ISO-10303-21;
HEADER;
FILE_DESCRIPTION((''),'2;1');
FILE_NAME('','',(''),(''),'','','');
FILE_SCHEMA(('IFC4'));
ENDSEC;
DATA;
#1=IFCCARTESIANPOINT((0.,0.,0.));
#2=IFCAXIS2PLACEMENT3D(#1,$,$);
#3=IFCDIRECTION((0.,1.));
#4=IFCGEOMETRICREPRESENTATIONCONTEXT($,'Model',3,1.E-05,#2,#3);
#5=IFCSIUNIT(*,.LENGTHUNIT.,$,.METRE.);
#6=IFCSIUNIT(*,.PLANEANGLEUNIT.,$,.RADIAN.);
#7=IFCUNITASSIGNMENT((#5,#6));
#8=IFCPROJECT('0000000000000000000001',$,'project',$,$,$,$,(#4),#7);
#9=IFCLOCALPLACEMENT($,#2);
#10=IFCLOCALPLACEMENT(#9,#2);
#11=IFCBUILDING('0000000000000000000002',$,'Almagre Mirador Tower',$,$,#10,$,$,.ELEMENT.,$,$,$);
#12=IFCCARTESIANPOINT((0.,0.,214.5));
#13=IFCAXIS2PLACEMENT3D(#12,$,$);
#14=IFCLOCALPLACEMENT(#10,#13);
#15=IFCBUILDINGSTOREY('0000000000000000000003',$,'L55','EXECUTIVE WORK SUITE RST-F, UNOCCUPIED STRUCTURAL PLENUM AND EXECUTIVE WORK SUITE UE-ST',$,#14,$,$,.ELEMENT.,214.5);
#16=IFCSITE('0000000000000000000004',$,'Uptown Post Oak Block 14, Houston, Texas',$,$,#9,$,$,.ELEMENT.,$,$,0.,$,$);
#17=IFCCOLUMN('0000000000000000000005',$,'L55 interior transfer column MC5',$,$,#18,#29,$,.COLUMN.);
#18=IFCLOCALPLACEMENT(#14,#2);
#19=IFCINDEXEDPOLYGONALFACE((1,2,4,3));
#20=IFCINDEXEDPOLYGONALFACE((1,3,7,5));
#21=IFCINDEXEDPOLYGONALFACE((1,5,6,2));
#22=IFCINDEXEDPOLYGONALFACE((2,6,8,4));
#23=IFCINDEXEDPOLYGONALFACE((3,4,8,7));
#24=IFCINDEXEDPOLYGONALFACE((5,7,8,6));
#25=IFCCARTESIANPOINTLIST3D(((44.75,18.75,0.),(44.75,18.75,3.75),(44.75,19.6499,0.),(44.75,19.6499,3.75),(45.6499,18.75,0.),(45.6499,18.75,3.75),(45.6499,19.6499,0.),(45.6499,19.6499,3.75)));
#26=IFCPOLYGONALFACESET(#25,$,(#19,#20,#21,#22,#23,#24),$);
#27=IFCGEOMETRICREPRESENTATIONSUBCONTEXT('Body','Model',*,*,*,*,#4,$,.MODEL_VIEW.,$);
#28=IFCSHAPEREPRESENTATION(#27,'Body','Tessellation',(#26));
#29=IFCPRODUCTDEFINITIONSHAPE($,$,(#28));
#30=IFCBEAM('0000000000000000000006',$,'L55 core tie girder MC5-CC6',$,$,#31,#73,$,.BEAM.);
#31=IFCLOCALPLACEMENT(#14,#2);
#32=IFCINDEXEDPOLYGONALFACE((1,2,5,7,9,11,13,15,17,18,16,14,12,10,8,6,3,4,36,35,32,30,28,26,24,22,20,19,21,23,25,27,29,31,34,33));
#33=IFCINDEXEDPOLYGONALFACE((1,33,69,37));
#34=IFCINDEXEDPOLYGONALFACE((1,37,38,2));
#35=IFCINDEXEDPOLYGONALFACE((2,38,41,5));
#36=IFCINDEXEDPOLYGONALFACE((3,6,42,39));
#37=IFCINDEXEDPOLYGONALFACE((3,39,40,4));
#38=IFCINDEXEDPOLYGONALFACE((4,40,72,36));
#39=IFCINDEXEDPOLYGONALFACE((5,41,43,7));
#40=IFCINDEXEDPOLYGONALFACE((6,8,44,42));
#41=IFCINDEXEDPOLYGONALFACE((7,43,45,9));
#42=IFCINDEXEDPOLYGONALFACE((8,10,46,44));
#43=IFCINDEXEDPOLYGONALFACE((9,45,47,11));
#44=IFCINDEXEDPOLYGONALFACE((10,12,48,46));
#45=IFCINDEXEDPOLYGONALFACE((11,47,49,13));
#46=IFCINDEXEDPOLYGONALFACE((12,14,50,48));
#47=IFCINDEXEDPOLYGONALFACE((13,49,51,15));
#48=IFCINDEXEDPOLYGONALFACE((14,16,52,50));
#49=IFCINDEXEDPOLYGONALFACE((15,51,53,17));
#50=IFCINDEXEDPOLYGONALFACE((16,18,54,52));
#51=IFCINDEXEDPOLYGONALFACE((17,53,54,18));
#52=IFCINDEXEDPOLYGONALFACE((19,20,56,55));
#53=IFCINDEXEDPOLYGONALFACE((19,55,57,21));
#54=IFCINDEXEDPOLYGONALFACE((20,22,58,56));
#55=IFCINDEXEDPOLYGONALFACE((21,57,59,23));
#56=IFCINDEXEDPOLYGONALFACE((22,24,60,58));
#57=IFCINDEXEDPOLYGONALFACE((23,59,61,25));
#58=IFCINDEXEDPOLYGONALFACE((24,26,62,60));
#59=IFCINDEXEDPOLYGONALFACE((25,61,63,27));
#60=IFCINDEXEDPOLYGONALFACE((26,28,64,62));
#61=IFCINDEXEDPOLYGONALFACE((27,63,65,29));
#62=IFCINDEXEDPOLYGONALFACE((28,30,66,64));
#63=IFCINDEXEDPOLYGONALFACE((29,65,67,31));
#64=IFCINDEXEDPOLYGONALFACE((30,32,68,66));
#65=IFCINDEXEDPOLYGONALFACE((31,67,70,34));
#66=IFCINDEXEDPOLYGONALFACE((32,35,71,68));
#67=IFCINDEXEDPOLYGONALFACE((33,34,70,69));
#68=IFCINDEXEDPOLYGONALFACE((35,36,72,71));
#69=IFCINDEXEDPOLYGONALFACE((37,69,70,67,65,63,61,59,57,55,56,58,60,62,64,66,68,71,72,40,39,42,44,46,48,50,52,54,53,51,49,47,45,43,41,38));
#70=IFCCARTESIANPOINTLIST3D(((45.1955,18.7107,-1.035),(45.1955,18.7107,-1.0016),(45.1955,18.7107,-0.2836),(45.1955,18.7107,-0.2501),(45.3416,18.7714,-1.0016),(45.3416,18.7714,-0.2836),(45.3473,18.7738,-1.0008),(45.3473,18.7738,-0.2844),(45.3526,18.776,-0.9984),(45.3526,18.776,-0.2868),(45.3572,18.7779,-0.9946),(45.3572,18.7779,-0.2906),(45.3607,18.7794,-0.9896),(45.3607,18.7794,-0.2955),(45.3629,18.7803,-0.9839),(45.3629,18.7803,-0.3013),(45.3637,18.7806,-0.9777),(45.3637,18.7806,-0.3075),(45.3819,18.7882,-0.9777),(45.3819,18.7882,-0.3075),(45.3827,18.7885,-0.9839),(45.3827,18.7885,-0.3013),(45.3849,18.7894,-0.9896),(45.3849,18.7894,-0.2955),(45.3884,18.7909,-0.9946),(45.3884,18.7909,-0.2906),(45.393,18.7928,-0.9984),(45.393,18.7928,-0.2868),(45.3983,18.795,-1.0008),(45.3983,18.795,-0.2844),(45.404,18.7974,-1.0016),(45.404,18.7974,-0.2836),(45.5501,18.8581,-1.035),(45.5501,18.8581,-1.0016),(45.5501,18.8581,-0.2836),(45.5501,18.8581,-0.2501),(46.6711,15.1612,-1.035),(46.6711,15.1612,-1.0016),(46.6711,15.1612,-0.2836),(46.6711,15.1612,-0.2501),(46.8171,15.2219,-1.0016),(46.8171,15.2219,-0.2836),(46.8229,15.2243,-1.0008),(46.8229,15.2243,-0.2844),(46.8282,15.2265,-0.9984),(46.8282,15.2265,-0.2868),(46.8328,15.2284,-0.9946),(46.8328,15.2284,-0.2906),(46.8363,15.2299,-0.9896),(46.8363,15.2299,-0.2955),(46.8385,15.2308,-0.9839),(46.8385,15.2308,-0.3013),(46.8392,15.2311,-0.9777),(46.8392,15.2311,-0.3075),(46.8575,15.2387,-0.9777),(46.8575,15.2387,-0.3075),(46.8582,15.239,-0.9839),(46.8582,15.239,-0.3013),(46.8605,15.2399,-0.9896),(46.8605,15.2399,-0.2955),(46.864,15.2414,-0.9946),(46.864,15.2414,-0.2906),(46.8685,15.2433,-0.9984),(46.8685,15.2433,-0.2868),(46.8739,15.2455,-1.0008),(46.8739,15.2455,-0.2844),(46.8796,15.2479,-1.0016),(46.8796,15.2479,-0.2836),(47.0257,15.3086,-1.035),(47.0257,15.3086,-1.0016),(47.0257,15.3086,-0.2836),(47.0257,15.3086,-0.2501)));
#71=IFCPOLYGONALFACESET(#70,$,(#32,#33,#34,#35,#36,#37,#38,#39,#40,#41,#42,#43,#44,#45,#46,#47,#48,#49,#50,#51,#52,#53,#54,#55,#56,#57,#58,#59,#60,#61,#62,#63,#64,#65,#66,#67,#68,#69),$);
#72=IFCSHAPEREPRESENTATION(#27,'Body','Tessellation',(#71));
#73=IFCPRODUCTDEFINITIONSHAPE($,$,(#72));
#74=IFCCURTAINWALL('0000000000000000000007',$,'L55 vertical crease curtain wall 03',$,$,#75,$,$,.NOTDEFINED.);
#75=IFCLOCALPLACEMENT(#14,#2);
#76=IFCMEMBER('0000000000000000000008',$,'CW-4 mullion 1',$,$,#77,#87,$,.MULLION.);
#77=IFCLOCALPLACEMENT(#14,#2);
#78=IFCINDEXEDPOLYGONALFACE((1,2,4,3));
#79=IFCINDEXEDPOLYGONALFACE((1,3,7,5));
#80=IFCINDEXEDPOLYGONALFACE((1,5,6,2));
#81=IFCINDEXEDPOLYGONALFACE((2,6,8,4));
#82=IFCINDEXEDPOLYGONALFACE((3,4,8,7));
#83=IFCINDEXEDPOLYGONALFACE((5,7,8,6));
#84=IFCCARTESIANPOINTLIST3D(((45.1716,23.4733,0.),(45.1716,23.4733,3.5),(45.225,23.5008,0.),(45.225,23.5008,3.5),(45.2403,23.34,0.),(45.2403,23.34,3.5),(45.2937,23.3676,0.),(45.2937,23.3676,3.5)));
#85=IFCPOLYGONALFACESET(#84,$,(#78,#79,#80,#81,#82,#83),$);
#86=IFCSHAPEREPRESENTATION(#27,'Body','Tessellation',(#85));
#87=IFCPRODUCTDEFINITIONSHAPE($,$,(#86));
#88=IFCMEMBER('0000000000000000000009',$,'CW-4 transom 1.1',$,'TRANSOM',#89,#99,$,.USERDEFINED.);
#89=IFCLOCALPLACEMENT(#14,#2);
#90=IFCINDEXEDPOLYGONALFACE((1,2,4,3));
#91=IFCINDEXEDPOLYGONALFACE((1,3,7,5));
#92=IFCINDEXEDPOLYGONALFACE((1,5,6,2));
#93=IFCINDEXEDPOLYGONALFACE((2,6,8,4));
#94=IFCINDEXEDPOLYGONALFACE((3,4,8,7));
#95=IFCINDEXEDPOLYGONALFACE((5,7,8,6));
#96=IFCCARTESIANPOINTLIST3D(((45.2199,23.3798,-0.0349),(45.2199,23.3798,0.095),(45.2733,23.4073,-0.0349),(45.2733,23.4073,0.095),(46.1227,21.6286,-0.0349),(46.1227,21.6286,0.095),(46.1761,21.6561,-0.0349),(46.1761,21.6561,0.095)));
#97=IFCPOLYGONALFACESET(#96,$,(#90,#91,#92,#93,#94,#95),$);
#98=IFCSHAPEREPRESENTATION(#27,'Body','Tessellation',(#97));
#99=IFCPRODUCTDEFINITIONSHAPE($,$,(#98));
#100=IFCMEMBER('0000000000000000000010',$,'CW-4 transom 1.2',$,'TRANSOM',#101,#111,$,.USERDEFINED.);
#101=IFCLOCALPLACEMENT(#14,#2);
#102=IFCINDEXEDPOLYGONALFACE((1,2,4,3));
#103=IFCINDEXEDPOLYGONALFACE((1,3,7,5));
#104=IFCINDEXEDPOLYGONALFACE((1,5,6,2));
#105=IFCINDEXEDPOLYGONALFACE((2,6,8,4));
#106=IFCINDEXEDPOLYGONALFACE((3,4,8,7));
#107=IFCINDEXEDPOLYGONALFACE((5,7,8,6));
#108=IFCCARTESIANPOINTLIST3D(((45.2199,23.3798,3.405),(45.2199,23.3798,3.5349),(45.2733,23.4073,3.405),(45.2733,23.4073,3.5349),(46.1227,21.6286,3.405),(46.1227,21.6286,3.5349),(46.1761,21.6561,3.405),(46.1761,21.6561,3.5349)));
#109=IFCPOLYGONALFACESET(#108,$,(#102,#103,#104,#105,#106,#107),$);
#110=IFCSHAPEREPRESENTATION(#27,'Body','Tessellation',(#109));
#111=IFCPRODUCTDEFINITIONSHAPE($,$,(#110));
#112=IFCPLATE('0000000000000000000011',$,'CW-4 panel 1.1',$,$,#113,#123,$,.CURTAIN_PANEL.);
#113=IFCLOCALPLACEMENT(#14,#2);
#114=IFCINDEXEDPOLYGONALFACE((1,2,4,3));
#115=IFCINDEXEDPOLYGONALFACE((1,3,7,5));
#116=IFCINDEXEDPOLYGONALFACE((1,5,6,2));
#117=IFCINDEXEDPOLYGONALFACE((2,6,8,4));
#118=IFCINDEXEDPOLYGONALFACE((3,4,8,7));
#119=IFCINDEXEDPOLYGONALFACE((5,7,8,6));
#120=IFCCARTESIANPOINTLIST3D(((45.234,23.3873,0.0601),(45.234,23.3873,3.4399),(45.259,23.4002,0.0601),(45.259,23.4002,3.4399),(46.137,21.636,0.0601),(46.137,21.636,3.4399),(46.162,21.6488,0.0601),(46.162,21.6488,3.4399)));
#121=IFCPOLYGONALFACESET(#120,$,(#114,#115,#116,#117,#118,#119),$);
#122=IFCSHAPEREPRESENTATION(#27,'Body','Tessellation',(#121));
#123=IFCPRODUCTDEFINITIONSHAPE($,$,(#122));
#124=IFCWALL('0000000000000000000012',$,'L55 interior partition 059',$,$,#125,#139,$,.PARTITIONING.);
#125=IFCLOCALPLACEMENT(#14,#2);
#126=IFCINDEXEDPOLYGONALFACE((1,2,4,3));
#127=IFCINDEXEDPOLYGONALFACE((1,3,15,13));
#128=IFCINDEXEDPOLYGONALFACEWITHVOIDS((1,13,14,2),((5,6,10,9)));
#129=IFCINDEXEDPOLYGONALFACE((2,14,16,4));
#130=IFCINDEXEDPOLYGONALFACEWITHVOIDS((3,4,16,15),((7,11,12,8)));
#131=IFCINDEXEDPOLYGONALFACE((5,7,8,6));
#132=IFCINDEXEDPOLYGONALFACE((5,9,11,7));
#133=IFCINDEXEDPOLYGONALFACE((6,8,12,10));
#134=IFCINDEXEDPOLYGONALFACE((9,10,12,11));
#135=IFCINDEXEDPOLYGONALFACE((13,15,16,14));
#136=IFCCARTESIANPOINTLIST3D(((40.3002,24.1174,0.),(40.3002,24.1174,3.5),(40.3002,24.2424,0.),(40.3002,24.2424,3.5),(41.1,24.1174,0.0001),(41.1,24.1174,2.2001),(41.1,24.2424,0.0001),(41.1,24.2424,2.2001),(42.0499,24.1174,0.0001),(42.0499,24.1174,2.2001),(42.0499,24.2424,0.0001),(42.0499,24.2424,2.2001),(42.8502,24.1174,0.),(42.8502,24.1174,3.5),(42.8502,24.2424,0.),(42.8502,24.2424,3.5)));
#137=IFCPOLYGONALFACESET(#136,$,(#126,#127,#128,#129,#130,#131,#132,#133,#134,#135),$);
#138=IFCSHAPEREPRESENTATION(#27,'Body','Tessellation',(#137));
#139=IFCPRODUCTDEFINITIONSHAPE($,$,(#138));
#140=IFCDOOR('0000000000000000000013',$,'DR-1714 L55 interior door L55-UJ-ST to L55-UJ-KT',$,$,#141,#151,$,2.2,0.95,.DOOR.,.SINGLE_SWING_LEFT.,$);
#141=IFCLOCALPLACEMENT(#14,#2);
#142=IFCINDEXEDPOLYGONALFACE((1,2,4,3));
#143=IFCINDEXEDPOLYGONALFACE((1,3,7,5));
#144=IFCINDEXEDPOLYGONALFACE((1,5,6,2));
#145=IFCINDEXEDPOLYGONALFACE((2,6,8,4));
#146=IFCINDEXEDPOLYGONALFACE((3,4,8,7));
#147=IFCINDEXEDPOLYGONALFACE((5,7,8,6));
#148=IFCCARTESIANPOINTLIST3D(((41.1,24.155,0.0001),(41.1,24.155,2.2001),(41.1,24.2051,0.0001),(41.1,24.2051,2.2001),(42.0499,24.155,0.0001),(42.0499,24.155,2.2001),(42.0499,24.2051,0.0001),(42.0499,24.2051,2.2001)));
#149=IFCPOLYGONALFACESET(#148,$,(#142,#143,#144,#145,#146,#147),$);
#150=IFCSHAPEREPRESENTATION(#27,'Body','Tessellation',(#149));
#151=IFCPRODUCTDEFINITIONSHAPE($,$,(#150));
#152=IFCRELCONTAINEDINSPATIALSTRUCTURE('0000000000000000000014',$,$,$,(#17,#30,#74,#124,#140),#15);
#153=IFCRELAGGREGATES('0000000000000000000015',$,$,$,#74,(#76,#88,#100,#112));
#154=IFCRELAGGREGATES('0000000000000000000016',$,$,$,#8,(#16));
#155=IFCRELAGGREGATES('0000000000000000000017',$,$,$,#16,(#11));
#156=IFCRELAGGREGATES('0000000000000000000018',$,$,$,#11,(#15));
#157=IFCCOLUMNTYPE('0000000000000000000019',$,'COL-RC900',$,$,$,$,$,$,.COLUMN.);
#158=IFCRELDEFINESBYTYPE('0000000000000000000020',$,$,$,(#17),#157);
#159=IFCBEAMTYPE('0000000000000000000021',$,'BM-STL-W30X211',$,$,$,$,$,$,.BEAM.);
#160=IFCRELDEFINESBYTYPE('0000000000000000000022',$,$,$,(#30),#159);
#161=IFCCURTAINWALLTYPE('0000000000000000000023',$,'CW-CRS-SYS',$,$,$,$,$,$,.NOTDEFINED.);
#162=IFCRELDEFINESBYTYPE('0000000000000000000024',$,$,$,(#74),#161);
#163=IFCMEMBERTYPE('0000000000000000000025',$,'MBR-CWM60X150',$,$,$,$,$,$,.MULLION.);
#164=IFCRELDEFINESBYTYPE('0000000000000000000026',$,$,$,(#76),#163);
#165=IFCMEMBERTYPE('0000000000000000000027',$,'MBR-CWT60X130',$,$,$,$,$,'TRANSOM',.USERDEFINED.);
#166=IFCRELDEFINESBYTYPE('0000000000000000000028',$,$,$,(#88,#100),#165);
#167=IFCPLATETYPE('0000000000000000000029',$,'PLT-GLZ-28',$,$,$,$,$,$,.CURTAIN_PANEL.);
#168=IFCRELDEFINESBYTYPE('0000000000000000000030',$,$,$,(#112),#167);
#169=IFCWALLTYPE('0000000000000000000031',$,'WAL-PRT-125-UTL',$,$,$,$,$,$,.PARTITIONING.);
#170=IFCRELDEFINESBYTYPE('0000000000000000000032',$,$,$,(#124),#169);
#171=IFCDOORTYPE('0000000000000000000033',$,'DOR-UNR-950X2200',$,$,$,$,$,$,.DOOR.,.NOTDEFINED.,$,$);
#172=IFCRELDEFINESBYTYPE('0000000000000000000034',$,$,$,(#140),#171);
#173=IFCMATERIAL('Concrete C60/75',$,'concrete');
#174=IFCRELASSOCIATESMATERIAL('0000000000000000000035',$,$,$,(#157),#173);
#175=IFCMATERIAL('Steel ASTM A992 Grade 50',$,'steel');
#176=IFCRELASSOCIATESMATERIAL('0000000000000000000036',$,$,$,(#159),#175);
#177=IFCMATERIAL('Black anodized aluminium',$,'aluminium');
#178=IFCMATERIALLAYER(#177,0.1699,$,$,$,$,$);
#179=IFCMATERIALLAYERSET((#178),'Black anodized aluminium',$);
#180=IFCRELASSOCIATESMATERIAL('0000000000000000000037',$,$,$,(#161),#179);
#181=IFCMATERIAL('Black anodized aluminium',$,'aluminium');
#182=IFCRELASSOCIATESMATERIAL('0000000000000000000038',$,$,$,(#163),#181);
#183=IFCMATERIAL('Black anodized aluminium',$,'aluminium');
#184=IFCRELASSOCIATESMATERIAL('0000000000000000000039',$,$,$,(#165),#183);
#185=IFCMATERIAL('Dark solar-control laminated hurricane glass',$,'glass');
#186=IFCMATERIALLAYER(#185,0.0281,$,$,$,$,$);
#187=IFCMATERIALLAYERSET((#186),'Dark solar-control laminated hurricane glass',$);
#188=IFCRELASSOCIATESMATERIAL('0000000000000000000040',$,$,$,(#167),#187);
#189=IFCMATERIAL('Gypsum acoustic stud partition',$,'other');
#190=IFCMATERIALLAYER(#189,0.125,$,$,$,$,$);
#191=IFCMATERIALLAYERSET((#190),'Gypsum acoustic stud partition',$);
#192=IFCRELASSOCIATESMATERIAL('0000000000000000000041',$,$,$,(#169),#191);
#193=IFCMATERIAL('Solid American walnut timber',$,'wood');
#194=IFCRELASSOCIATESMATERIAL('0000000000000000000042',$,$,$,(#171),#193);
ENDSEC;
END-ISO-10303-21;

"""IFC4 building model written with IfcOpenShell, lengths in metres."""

from ifc_helpers import new_model, si_unit, direction, frame, frame_2d, origin, origin_2d, place, context, subcontext, project, spatial, rectangle, i_section, extrude, material, layer, layer_set, material_profile, profile_set, type_object, element, fill, aggregate, save


model = new_model("IFC4")

# Units and contexts
model_context = context("Model", 3, precision=1e-05, world=origin(), true_north=direction((0.0, 1.0)))
body_context = subcontext(model_context, "Body", "Model", "MODEL_VIEW")
ifc_project = project(units=[si_unit("LENGTHUNIT", "METRE"), si_unit("PLANEANGLEUNIT", "RADIAN")], contexts=[model_context])

# Site, building, storey
site_placement = place(None, origin())
site = spatial("IfcSite", under=ifc_project, at=site_placement, Name="Uptown Post Oak Block 14, Houston, Texas", CompositionType="ELEMENT", RefElevation=0.0)
building_placement = place(site_placement, origin())
building = spatial("IfcBuilding", under=site, at=building_placement, Name="Almagre Mirador Tower", CompositionType="ELEMENT")
storey_placement = place(building_placement, frame((0.0, 0.0, 214.5)))
storey = spatial("IfcBuildingStorey", under=building, at=storey_placement, Name="L55", Description="EXECUTIVE WORK SUITE RST-F, UNOCCUPIED STRUCTURAL PLENUM AND EXECUTIVE WORK SUITE UE-ST", CompositionType="ELEMENT", Elevation=214.5)

# Column
ifc_material_1 = material(Name="Concrete C60/75", Category="concrete")
ifc_material_profile_1 = material_profile(ifc_material_1, rectangle(XDim=0.8999, YDim=0.8999, at=origin_2d()), Name="RC900X900")
ifc_profile_set_1 = profile_set([ifc_material_profile_1], Name="Concrete C60/75")
column_type = type_object("IfcColumnType", Name="COL-RC900", PredefinedType="COLUMN", material=ifc_profile_set_1)
column_placement = place(storey_placement, frame((45.2, 19.2, 0.0), z_axis=(0.0, 0.0, 1.0), x_axis=(1.0, 0.0, 0.0)))
element("IfcColumn", 1, at=column_placement, inside=storey, type_object=column_type, Name="L55 interior transfer column MC5", PredefinedType="COLUMN", context=body_context, shape_type="SweptSolid", body=[
    extrude(rectangle(XDim=0.8999, YDim=0.8999, at=origin_2d()), origin(), (0.0, 0.0, 1.0), 3.75),
])

# Beam
ifc_material_2 = material(Name="Steel ASTM A992 Grade 50", Category="steel")
ifc_material_profile_2 = material_profile(ifc_material_2, i_section(OverallWidth=0.384, OverallDepth=0.7849, WebThickness=0.0198, FlangeThickness=0.0334, FilletRadius=0.0239, at=origin_2d()), Name="W30X211")
ifc_profile_set_2 = profile_set([ifc_material_profile_2], Name="Steel ASTM A992 Grade 50")
beam_type = type_object("IfcBeamType", Name="BM-STL-W30X211", PredefinedType="BEAM", material=ifc_profile_set_2)
beam_placement = place(storey_placement, frame((45.3728, 18.7844, -0.6426), z_axis=(0.383862, -0.92339, 0.0), x_axis=(0.92339, 0.383862, 0.0)))
element("IfcBeam", 2, at=beam_placement, inside=storey, type_object=beam_type, Name="L55 core tie girder MC5-CC6", PredefinedType="BEAM", context=body_context, shape_type="SweptSolid", body=[
    extrude(i_section(OverallWidth=0.384, OverallDepth=0.7849, WebThickness=0.0198, FlangeThickness=0.0334, FilletRadius=0.0239, at=origin_2d()), origin(), (0.0, 0.0, 1.0), 3.844),
])

# Curtain wall, members, plate
ifc_material_3 = material(Name="Black anodized aluminium", Category="aluminium")
ifc_layer_1 = layer(ifc_material_3, 0.1699)
ifc_layer_set_1 = layer_set([ifc_layer_1], Name="Black anodized aluminium")
curtain_wall_type = type_object("IfcCurtainWallType", Name="CW-CRS-SYS", PredefinedType="NOTDEFINED", material=ifc_layer_set_1)
curtain_wall_placement = place(storey_placement, origin())
curtain_wall = element("IfcCurtainWall", 3, at=curtain_wall_placement, inside=storey, type_object=curtain_wall_type, Name="L55 vertical crease curtain wall 03", PredefinedType="NOTDEFINED")
ifc_material_4 = material(Name="Black anodized aluminium", Category="aluminium")
ifc_material_profile_3 = material_profile(ifc_material_4, rectangle(XDim=0.0601, YDim=0.1499, at=origin_2d()), Name="CWM60X150")
ifc_profile_set_3 = profile_set([ifc_material_profile_3], Name="Black anodized aluminium")
member_type_1 = type_object("IfcMemberType", Name="MBR-CWM60X150", PredefinedType="MULLION", material=ifc_profile_set_3)
member_1_placement = place(storey_placement, frame((45.2327, 23.4204, 0.0), z_axis=(0.0, 0.0, 1.0), x_axis=(0.888809, 0.458277, 0.0)))
member_1 = element("IfcMember", 4, at=member_1_placement, type_object=member_type_1, Name="CW-4 mullion 1", PredefinedType="MULLION", context=body_context, shape_type="SweptSolid", body=[
    extrude(rectangle(XDim=0.0601, YDim=0.1499, at=origin_2d()), origin(), (0.0, 0.0, 1.0), 3.5),
])
ifc_material_5 = material(Name="Black anodized aluminium", Category="aluminium")
ifc_material_profile_4 = material_profile(ifc_material_5, rectangle(XDim=0.0601, YDim=0.1299, at=origin_2d()), Name="CWT60X130")
ifc_profile_set_4 = profile_set([ifc_material_profile_4], Name="Black anodized aluminium")
member_type_2 = type_object("IfcMemberType", Name="MBR-CWT60X130", ElementType="TRANSOM", PredefinedType="USERDEFINED", material=ifc_profile_set_4)
member_2_placement = place(storey_placement, frame((45.2466, 23.3936, 0.03), z_axis=(0.458233, -0.888832, 0.0), x_axis=(0.888832, 0.458233, 0.0)))
member_2 = element("IfcMember", 5, at=member_2_placement, type_object=member_type_2, Name="CW-4 transom 1.1", ObjectType="TRANSOM", PredefinedType="USERDEFINED", context=body_context, shape_type="SweptSolid", body=[
    extrude(rectangle(XDim=0.0601, YDim=0.1299, at=origin_2d()), origin(), (0.0, 0.0, 1.0), 1.9702),
])
member_3_placement = place(storey_placement, frame((45.2466, 23.3936, 3.47), z_axis=(0.458233, -0.888832, 0.0), x_axis=(0.888832, 0.458233, 0.0)))
member_3 = element("IfcMember", 6, at=member_3_placement, type_object=member_type_2, Name="CW-4 transom 1.2", ObjectType="TRANSOM", PredefinedType="USERDEFINED", context=body_context, shape_type="SweptSolid", body=[
    extrude(rectangle(XDim=0.0601, YDim=0.1299, at=origin_2d()), origin(), (0.0, 0.0, 1.0), 1.9702),
])
ifc_material_6 = material(Name="Dark solar-control laminated hurricane glass", Category="glass")
ifc_layer_2 = layer(ifc_material_6, 0.0281)
ifc_layer_set_2 = layer_set([ifc_layer_2], Name="Dark solar-control laminated hurricane glass")
plate_type = type_object("IfcPlateType", Name="PLT-GLZ-28", PredefinedType="CURTAIN_PANEL", material=ifc_layer_set_2)
plate_placement = place(storey_placement, frame((45.698, 22.5181, 0.0601), z_axis=(0.0, 0.0, 1.0), x_axis=(0.458277, -0.888809, 0.0)))
plate = element("IfcPlate", 7, at=plate_placement, type_object=plate_type, Name="CW-4 panel 1.1", PredefinedType="CURTAIN_PANEL", context=body_context, shape_type="SweptSolid", body=[
    extrude(rectangle(XDim=1.9705, YDim=0.0281, at=origin_2d()), origin(), (0.0, 0.0, 1.0), 3.3799),
])
aggregate(curtain_wall, [member_1, member_2, member_3, plate])

# Wall, opening, door
ifc_material_7 = material(Name="Gypsum acoustic stud partition", Category="other")
ifc_layer_3 = layer(ifc_material_7, 0.125)
ifc_layer_set_3 = layer_set([ifc_layer_3], Name="Gypsum acoustic stud partition")
wall_type_1 = type_object("IfcWallType", Name="WAL-PRT-125-UTL", PredefinedType="PARTITIONING", material=ifc_layer_set_3)
wall_1_placement = place(storey_placement, frame((42.8501, 24.1799, 0.0), z_axis=(0.0, 0.0, 1.0), x_axis=(-1.0, 0.0, 0.0)))
wall_1 = element("IfcWall", 8, at=wall_1_placement, inside=storey, type_object=wall_type_1, Name="L55 interior partition 059", PredefinedType="PARTITIONING", context=body_context, shape_type="SweptSolid", body=[
    extrude(rectangle(XDim=2.55, YDim=0.125, at=frame_2d((1.2749, 0.0))), origin(), (0.0, 0.0, 1.0), 3.5),
])
opening_1_placement = place(wall_1_placement, frame((0.8, 0.0, 0.0)))
opening_1 = element("IfcOpeningElement", 9, at=opening_1_placement, cuts=wall_1, PredefinedType="OPENING", context=body_context, shape_type="SweptSolid", body=[
    extrude(rectangle(XDim=0.95, YDim=2.2, at=frame_2d((0.4751, 1.1001))), frame((0.0, 0.0725, 0.0), z_axis=(0.0, -1.0, 0.0), x_axis=(1.0, 0.0, 0.0)), (0.0, 0.0, 1.0), 0.145),
])
ifc_material_8 = material(Name="Solid American walnut timber", Category="wood")
door_type_1 = type_object("IfcDoorType", Name="DOR-UNR-950X2200", OperationType="NOTDEFINED", PredefinedType="DOOR", material=ifc_material_8)
door_1_placement = place(opening_1_placement, origin())
door_1 = element("IfcDoor", 10, at=door_1_placement, inside=storey, type_object=door_type_1, Name="DR-1714 L55 interior door L55-UJ-ST to L55-UJ-KT", OperationType="SINGLE_SWING_LEFT", OverallHeight=2.2, OverallWidth=0.95, PredefinedType="DOOR", context=body_context, shape_type="SweptSolid", body=[
    extrude(rectangle(XDim=0.95, YDim=2.2, at=frame_2d((0.4751, 1.1001))), frame((0.0, 0.0249, 0.0), z_axis=(0.0, -1.0, 0.0), x_axis=(1.0, 0.0, 0.0)), (0.0, 0.0, 1.0), 0.05),
])
fill(opening_1, door_1)

save(model, "model.ifc")
